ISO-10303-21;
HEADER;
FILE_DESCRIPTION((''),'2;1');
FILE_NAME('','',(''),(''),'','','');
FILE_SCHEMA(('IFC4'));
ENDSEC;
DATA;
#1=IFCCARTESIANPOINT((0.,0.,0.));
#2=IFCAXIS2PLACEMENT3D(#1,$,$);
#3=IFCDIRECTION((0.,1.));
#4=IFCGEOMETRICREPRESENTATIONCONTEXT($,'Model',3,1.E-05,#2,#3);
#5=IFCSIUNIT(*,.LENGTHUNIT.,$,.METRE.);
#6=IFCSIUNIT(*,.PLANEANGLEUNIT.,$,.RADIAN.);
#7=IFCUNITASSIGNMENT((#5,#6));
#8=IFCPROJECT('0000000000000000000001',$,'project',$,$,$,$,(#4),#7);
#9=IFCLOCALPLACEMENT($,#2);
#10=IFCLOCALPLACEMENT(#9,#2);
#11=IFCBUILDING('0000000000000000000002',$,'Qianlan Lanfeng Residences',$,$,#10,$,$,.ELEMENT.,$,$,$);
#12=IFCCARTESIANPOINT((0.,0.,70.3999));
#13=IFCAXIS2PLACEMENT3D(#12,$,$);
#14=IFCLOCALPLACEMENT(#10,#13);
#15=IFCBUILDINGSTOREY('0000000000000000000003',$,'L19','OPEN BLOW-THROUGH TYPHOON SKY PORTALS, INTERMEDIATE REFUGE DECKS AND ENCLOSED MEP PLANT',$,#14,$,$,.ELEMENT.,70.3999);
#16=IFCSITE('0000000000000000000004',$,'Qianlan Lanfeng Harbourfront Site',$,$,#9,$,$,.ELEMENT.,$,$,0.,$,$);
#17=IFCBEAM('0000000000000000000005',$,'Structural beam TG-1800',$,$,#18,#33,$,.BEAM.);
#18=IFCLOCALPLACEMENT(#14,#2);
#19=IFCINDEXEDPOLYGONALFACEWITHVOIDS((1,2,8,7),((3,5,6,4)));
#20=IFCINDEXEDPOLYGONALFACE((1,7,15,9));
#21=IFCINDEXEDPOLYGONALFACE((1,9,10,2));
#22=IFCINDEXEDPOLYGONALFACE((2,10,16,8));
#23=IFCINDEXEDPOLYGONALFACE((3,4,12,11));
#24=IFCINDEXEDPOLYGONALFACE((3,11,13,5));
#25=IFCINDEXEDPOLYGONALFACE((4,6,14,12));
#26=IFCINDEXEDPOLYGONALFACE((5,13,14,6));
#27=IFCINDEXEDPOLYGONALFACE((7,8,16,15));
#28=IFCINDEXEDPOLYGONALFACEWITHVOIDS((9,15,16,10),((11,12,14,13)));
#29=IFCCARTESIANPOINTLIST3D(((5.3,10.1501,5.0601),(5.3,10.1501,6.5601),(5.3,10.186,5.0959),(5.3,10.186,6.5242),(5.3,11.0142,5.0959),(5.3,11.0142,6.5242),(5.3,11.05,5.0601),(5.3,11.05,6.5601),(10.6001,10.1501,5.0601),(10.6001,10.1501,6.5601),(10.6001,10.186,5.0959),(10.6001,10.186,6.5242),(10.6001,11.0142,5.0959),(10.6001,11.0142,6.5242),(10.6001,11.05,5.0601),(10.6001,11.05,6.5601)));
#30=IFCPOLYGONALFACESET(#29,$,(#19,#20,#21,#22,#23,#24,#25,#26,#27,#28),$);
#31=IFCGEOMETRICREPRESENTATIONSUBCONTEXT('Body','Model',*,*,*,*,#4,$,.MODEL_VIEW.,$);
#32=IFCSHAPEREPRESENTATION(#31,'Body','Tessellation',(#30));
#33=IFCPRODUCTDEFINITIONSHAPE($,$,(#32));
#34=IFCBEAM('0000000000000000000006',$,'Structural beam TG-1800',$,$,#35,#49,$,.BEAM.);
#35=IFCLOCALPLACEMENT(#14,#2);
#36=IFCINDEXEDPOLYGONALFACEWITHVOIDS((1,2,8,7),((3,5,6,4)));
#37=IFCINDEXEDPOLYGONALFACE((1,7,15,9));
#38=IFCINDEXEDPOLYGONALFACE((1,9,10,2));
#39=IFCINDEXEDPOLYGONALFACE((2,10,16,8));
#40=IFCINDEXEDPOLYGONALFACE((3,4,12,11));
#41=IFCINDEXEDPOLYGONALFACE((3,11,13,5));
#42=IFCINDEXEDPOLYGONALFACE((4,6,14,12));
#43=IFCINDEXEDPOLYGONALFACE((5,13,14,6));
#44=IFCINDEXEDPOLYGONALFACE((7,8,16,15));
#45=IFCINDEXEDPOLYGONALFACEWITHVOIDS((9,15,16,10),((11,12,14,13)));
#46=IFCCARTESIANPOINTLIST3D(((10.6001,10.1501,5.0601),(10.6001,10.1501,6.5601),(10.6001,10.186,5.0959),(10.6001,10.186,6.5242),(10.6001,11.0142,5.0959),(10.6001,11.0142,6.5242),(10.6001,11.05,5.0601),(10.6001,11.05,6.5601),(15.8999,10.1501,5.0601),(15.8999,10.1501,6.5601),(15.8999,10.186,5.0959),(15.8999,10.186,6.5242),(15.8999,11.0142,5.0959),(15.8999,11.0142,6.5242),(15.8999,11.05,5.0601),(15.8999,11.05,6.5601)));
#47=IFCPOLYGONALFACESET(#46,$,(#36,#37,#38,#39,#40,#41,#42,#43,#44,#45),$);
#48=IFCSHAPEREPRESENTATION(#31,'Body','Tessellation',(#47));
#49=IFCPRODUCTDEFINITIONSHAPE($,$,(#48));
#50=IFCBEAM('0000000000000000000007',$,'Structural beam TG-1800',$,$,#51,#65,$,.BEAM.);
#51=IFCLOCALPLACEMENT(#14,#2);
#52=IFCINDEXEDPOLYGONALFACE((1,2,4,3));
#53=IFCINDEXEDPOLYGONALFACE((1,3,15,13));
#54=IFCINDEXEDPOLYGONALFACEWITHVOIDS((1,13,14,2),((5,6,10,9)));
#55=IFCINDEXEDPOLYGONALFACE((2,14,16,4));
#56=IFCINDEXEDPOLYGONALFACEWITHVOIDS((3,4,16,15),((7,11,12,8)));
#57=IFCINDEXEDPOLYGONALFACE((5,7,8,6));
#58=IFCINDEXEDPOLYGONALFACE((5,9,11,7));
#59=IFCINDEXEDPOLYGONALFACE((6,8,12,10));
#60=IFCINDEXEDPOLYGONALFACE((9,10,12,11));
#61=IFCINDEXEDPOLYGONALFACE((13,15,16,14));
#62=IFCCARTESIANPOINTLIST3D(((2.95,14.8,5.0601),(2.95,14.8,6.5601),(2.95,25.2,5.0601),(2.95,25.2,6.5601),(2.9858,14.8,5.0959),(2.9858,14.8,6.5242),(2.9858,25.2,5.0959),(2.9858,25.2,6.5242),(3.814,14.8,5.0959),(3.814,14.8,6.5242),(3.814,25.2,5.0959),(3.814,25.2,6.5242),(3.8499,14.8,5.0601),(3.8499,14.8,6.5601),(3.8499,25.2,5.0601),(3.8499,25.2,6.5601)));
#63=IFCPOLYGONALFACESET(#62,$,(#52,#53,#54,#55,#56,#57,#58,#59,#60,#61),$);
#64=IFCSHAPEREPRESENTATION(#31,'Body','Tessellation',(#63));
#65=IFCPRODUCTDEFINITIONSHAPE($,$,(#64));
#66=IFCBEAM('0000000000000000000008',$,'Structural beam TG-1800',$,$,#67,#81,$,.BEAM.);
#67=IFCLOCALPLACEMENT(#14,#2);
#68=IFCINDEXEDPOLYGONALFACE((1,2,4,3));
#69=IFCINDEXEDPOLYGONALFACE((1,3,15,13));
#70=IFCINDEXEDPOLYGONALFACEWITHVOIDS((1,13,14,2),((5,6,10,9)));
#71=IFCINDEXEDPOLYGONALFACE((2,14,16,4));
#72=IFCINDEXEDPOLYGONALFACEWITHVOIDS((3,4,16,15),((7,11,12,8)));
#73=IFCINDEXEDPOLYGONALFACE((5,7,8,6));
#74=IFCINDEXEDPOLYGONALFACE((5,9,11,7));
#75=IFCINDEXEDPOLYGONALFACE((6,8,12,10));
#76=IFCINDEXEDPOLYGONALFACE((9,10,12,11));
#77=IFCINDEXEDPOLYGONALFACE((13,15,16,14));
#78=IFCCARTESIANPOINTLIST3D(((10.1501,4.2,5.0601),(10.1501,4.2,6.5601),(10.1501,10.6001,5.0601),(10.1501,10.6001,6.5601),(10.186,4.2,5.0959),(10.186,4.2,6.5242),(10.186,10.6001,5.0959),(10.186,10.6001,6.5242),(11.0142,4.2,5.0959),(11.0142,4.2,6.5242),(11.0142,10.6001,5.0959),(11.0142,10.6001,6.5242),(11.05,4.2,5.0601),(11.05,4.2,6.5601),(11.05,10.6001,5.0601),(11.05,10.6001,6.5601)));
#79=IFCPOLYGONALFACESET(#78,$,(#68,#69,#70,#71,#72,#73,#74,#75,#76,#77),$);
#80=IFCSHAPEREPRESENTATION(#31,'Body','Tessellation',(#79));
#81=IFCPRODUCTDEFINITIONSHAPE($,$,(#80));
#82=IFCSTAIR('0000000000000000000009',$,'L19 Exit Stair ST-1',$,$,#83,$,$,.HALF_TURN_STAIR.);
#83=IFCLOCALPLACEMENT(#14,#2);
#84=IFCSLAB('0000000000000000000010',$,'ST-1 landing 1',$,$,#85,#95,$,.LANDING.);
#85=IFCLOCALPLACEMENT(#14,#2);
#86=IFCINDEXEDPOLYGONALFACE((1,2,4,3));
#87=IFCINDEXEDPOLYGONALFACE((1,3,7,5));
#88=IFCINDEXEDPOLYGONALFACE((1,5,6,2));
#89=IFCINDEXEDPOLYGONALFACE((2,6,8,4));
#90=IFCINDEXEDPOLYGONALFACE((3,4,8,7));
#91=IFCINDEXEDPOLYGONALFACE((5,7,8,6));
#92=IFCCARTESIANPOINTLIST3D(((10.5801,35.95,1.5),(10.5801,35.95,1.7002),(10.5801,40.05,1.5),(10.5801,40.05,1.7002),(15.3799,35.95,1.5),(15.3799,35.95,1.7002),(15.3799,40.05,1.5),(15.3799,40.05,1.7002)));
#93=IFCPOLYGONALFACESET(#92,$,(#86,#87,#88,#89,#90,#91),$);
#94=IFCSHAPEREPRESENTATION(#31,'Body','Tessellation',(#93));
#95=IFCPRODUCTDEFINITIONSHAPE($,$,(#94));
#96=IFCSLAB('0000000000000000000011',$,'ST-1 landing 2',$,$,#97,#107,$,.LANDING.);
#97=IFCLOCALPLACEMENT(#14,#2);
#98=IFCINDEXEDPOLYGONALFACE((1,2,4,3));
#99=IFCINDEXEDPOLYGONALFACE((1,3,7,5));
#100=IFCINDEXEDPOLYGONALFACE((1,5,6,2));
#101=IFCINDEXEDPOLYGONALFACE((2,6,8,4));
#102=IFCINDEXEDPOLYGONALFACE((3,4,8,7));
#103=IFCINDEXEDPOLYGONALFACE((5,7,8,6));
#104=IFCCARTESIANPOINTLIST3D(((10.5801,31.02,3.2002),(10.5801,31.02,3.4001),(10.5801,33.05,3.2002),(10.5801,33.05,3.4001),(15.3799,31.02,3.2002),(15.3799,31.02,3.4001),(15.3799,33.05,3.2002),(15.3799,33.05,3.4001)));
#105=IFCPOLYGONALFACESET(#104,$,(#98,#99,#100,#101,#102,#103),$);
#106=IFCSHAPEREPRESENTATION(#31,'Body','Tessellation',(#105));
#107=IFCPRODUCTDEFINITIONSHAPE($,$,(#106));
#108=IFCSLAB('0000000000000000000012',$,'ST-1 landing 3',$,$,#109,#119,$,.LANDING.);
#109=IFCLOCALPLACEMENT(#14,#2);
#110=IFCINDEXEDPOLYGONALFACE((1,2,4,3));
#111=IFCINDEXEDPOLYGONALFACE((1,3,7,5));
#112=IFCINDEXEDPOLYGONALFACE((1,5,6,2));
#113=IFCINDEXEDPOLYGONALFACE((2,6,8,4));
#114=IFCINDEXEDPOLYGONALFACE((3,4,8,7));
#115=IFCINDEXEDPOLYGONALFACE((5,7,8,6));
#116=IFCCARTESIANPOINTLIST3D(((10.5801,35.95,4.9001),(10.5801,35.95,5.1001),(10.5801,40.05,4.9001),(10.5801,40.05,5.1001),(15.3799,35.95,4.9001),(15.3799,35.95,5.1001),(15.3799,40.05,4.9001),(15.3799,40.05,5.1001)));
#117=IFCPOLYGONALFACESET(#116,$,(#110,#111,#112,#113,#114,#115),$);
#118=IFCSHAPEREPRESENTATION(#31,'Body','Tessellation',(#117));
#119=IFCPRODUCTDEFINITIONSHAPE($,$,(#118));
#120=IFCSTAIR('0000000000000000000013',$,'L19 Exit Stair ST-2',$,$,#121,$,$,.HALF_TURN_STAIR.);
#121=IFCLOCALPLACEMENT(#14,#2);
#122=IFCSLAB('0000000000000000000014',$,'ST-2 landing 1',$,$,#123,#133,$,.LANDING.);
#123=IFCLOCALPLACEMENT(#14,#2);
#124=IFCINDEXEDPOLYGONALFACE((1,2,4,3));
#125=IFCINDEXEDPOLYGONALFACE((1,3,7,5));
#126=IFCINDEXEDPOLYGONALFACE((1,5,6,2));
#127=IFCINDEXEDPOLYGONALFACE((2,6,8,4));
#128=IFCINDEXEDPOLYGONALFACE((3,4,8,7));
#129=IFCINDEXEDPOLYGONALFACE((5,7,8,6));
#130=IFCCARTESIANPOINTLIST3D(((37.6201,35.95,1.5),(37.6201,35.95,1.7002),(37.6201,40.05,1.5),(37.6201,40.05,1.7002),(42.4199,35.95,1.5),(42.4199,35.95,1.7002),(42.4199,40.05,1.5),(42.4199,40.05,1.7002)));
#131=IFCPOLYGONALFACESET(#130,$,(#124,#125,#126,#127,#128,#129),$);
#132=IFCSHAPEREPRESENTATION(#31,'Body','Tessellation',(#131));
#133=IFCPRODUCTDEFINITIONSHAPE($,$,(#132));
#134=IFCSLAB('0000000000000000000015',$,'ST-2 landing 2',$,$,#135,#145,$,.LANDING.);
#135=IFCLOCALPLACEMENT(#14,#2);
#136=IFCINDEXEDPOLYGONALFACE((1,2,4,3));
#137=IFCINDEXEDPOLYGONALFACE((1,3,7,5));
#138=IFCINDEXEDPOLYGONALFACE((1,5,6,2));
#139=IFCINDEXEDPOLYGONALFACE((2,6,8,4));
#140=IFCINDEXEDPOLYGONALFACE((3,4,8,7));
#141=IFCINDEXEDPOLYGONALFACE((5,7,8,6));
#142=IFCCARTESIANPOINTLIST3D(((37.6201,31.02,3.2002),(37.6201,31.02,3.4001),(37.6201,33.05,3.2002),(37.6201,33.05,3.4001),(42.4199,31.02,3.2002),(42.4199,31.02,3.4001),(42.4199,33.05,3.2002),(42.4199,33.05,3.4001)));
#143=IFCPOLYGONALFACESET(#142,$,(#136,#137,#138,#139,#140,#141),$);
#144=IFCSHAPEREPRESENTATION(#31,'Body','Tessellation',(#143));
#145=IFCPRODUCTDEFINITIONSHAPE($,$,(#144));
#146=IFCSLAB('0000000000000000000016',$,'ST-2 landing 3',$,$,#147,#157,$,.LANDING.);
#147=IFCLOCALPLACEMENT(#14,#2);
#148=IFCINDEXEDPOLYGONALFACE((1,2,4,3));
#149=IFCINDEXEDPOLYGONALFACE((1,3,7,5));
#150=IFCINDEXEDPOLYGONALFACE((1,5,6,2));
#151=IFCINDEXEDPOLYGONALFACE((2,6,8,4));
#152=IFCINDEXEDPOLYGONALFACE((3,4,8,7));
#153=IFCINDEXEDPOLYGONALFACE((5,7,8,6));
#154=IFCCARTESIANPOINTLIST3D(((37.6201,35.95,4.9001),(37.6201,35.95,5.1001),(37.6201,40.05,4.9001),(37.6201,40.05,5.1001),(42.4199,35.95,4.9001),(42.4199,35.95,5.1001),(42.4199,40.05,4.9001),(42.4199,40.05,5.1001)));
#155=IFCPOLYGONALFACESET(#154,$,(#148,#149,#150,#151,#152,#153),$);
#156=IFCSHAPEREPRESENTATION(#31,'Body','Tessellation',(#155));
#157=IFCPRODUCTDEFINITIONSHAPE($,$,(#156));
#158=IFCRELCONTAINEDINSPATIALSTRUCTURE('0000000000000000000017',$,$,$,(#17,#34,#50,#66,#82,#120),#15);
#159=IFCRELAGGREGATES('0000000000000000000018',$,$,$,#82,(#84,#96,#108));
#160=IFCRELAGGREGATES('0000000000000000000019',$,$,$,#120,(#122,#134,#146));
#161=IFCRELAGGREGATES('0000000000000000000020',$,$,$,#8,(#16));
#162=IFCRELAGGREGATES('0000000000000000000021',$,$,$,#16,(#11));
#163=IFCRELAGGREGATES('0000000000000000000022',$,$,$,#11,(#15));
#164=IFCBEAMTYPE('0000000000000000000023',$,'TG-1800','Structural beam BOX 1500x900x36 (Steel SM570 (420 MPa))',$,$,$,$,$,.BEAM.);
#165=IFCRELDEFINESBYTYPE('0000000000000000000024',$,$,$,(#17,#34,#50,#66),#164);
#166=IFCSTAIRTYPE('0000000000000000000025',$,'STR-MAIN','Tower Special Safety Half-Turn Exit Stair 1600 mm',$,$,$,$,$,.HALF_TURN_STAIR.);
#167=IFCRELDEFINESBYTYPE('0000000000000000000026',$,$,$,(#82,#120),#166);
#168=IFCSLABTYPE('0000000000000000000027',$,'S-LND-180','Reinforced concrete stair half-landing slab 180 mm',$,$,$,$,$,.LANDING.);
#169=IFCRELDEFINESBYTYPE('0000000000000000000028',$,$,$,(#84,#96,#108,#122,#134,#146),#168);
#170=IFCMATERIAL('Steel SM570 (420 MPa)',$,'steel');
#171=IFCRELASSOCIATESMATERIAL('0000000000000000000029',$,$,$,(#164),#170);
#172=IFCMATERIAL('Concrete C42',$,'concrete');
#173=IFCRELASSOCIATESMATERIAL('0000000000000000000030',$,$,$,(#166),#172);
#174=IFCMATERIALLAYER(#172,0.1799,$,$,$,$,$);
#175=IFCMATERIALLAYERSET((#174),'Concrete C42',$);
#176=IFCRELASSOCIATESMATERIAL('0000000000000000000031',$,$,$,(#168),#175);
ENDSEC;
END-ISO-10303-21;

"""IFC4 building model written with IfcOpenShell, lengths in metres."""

from ifc_helpers import new_model, si_unit, direction, frame, origin, origin_2d, place, context, subcontext, project, spatial, polyline, hollow_rectangle, outline, extrude, material, layer, layer_set, material_profile, profile_set, type_object, element, aggregate, save


model = new_model("IFC4")

# Units and contexts
model_context = context("Model", 3, precision=1e-05, world=origin(), true_north=direction((0.0, 1.0)))
body_context = subcontext(model_context, "Body", "Model", "MODEL_VIEW")
ifc_project = project(units=[si_unit("LENGTHUNIT", "METRE"), si_unit("PLANEANGLEUNIT", "RADIAN")], contexts=[model_context])

# Site, building, storey
site_placement = place(None, origin())
site = spatial("IfcSite", under=ifc_project, at=site_placement, Name="Qianlan Lanfeng Harbourfront Site", CompositionType="ELEMENT", RefElevation=0.0)
building_placement = place(site_placement, origin())
building = spatial("IfcBuilding", under=site, at=building_placement, Name="Qianlan Lanfeng Residences", CompositionType="ELEMENT")
storey_placement = place(building_placement, frame((0.0, 0.0, 70.3999)))
storey = spatial("IfcBuildingStorey", under=building, at=storey_placement, Name="L19", Description="OPEN BLOW-THROUGH TYPHOON SKY PORTALS, INTERMEDIATE REFUGE DECKS AND ENCLOSED MEP PLANT", CompositionType="ELEMENT", Elevation=70.3999)

# Beams
ifc_material_1 = material(Name="Steel SM570 (420 MPa)", Category="steel")
ifc_material_profile_1 = material_profile(ifc_material_1, hollow_rectangle(XDim=0.8999, YDim=1.5, WallThickness=0.0359, at=origin_2d()), Name="BOX 1500x900x36")
ifc_profile_set_1 = profile_set([ifc_material_profile_1], Name="Steel SM570 (420 MPa)")
beam_type_1 = type_object("IfcBeamType", Name="TG-1800", Description="Structural beam BOX 1500x900x36 (Steel SM570 (420 MPa))", PredefinedType="BEAM", material=ifc_profile_set_1)
beam_1_placement = place(storey_placement, frame((5.3, 10.6001, 5.8101), z_axis=(1.0, 0.0, 0.0), x_axis=(0.0, 1.0, 0.0)))
element("IfcBeam", 1, at=beam_1_placement, inside=storey, type_object=beam_type_1, Name="Structural beam TG-1800", PredefinedType="BEAM", context=body_context, shape_type="SweptSolid", body=[
    extrude(hollow_rectangle(XDim=0.8999, YDim=1.5, WallThickness=0.0359, at=origin_2d()), origin(), (0.0, 0.0, 1.0), 5.3),
])
beam_2_placement = place(storey_placement, frame((10.6001, 10.6001, 5.8101), z_axis=(1.0, 0.0, 0.0), x_axis=(0.0, 1.0, 0.0)))
element("IfcBeam", 2, at=beam_2_placement, inside=storey, type_object=beam_type_1, Name="Structural beam TG-1800", PredefinedType="BEAM", context=body_context, shape_type="SweptSolid", body=[
    extrude(hollow_rectangle(XDim=0.8999, YDim=1.5, WallThickness=0.0359, at=origin_2d()), origin(), (0.0, 0.0, 1.0), 5.2998),
])
beam_3_placement = place(storey_placement, frame((3.3999, 14.8, 5.8101), z_axis=(0.0, 1.0, 0.0), x_axis=(-1.0, 0.0, 0.0)))
element("IfcBeam", 3, at=beam_3_placement, inside=storey, type_object=beam_type_1, Name="Structural beam TG-1800", PredefinedType="BEAM", context=body_context, shape_type="SweptSolid", body=[
    extrude(hollow_rectangle(XDim=0.8999, YDim=1.5, WallThickness=0.0359, at=origin_2d()), origin(), (0.0, 0.0, 1.0), 10.3999),
])
beam_4_placement = place(storey_placement, frame((10.6001, 4.2, 5.8101), z_axis=(0.0, 1.0, 0.0), x_axis=(-1.0, 0.0, 0.0)))
element("IfcBeam", 4, at=beam_4_placement, inside=storey, type_object=beam_type_1, Name="Structural beam TG-1800", PredefinedType="BEAM", context=body_context, shape_type="SweptSolid", body=[
    extrude(hollow_rectangle(XDim=0.8999, YDim=1.5, WallThickness=0.0359, at=origin_2d()), origin(), (0.0, 0.0, 1.0), 6.4001),
])

# Stairs, slabs
ifc_material_2 = material(Name="Concrete C42", Category="concrete")
stair_type = type_object("IfcStairType", Name="STR-MAIN", Description="Tower Special Safety Half-Turn Exit Stair 1600 mm", PredefinedType="HALF_TURN_STAIR", material=ifc_material_2)
stair_1_placement = place(storey_placement, origin())
stair_1 = element("IfcStair", 5, at=stair_1_placement, inside=storey, type_object=stair_type, Name="L19 Exit Stair ST-1", PredefinedType="HALF_TURN_STAIR")
ifc_layer_1 = layer(ifc_material_2, 0.1799)
ifc_layer_set_1 = layer_set([ifc_layer_1], Name="Concrete C42")
slab_type_1 = type_object("IfcSlabType", Name="S-LND-180", Description="Reinforced concrete stair half-landing slab 180 mm", PredefinedType="LANDING", material=ifc_layer_set_1)
slab_1_placement = place(storey_placement, frame((0.0, 0.0, 1.5)))
slab_1 = element("IfcSlab", 6, at=slab_1_placement, type_object=slab_type_1, Name="ST-1 landing 1", PredefinedType="LANDING", context=body_context, shape_type="SweptSolid", body=[
    extrude(outline(polyline([(10.5801, 35.95), (15.3799, 35.95), (15.3799, 40.05), (10.5801, 40.05), (10.5801, 35.95)])), origin(), (0.0, 0.0, 1.0), 0.2002),
])
slab_2_placement = place(storey_placement, frame((0.0, 0.0, 3.2002)))
slab_2 = element("IfcSlab", 7, at=slab_2_placement, type_object=slab_type_1, Name="ST-1 landing 2", PredefinedType="LANDING", context=body_context, shape_type="SweptSolid", body=[
    extrude(outline(polyline([(10.5801, 31.02), (15.3799, 31.02), (15.3799, 33.05), (10.5801, 33.05), (10.5801, 31.02)])), origin(), (0.0, 0.0, 1.0), 0.2),
])
slab_3_placement = place(storey_placement, frame((0.0, 0.0, 4.9001)))
slab_3 = element("IfcSlab", 8, at=slab_3_placement, type_object=slab_type_1, Name="ST-1 landing 3", PredefinedType="LANDING", context=body_context, shape_type="SweptSolid", body=[
    extrude(outline(polyline([(10.5801, 35.95), (15.3799, 35.95), (15.3799, 40.05), (10.5801, 40.05), (10.5801, 35.95)])), origin(), (0.0, 0.0, 1.0), 0.2),
])
aggregate(stair_1, [slab_1, slab_2, slab_3])
stair_2_placement = place(storey_placement, origin())
stair_2 = element("IfcStair", 9, at=stair_2_placement, inside=storey, type_object=stair_type, Name="L19 Exit Stair ST-2", PredefinedType="HALF_TURN_STAIR")
slab_4_placement = place(storey_placement, frame((0.0, 0.0, 1.5)))
slab_4 = element("IfcSlab", 10, at=slab_4_placement, type_object=slab_type_1, Name="ST-2 landing 1", PredefinedType="LANDING", context=body_context, shape_type="SweptSolid", body=[
    extrude(outline(polyline([(37.6201, 35.95), (42.4199, 35.95), (42.4199, 40.05), (37.6201, 40.05), (37.6201, 35.95)])), origin(), (0.0, 0.0, 1.0), 0.2002),
])
slab_5_placement = place(storey_placement, frame((0.0, 0.0, 3.2002)))
slab_5 = element("IfcSlab", 11, at=slab_5_placement, type_object=slab_type_1, Name="ST-2 landing 2", PredefinedType="LANDING", context=body_context, shape_type="SweptSolid", body=[
    extrude(outline(polyline([(37.6201, 31.02), (42.4199, 31.02), (42.4199, 33.05), (37.6201, 33.05), (37.6201, 31.02)])), origin(), (0.0, 0.0, 1.0), 0.2),
])
slab_6_placement = place(storey_placement, frame((0.0, 0.0, 4.9001)))
slab_6 = element("IfcSlab", 12, at=slab_6_placement, type_object=slab_type_1, Name="ST-2 landing 3", PredefinedType="LANDING", context=body_context, shape_type="SweptSolid", body=[
    extrude(outline(polyline([(37.6201, 35.95), (42.4199, 35.95), (42.4199, 40.05), (37.6201, 40.05), (37.6201, 35.95)])), origin(), (0.0, 0.0, 1.0), 0.2),
])
aggregate(stair_2, [slab_4, slab_5, slab_6])

save(model, "model.ifc")
